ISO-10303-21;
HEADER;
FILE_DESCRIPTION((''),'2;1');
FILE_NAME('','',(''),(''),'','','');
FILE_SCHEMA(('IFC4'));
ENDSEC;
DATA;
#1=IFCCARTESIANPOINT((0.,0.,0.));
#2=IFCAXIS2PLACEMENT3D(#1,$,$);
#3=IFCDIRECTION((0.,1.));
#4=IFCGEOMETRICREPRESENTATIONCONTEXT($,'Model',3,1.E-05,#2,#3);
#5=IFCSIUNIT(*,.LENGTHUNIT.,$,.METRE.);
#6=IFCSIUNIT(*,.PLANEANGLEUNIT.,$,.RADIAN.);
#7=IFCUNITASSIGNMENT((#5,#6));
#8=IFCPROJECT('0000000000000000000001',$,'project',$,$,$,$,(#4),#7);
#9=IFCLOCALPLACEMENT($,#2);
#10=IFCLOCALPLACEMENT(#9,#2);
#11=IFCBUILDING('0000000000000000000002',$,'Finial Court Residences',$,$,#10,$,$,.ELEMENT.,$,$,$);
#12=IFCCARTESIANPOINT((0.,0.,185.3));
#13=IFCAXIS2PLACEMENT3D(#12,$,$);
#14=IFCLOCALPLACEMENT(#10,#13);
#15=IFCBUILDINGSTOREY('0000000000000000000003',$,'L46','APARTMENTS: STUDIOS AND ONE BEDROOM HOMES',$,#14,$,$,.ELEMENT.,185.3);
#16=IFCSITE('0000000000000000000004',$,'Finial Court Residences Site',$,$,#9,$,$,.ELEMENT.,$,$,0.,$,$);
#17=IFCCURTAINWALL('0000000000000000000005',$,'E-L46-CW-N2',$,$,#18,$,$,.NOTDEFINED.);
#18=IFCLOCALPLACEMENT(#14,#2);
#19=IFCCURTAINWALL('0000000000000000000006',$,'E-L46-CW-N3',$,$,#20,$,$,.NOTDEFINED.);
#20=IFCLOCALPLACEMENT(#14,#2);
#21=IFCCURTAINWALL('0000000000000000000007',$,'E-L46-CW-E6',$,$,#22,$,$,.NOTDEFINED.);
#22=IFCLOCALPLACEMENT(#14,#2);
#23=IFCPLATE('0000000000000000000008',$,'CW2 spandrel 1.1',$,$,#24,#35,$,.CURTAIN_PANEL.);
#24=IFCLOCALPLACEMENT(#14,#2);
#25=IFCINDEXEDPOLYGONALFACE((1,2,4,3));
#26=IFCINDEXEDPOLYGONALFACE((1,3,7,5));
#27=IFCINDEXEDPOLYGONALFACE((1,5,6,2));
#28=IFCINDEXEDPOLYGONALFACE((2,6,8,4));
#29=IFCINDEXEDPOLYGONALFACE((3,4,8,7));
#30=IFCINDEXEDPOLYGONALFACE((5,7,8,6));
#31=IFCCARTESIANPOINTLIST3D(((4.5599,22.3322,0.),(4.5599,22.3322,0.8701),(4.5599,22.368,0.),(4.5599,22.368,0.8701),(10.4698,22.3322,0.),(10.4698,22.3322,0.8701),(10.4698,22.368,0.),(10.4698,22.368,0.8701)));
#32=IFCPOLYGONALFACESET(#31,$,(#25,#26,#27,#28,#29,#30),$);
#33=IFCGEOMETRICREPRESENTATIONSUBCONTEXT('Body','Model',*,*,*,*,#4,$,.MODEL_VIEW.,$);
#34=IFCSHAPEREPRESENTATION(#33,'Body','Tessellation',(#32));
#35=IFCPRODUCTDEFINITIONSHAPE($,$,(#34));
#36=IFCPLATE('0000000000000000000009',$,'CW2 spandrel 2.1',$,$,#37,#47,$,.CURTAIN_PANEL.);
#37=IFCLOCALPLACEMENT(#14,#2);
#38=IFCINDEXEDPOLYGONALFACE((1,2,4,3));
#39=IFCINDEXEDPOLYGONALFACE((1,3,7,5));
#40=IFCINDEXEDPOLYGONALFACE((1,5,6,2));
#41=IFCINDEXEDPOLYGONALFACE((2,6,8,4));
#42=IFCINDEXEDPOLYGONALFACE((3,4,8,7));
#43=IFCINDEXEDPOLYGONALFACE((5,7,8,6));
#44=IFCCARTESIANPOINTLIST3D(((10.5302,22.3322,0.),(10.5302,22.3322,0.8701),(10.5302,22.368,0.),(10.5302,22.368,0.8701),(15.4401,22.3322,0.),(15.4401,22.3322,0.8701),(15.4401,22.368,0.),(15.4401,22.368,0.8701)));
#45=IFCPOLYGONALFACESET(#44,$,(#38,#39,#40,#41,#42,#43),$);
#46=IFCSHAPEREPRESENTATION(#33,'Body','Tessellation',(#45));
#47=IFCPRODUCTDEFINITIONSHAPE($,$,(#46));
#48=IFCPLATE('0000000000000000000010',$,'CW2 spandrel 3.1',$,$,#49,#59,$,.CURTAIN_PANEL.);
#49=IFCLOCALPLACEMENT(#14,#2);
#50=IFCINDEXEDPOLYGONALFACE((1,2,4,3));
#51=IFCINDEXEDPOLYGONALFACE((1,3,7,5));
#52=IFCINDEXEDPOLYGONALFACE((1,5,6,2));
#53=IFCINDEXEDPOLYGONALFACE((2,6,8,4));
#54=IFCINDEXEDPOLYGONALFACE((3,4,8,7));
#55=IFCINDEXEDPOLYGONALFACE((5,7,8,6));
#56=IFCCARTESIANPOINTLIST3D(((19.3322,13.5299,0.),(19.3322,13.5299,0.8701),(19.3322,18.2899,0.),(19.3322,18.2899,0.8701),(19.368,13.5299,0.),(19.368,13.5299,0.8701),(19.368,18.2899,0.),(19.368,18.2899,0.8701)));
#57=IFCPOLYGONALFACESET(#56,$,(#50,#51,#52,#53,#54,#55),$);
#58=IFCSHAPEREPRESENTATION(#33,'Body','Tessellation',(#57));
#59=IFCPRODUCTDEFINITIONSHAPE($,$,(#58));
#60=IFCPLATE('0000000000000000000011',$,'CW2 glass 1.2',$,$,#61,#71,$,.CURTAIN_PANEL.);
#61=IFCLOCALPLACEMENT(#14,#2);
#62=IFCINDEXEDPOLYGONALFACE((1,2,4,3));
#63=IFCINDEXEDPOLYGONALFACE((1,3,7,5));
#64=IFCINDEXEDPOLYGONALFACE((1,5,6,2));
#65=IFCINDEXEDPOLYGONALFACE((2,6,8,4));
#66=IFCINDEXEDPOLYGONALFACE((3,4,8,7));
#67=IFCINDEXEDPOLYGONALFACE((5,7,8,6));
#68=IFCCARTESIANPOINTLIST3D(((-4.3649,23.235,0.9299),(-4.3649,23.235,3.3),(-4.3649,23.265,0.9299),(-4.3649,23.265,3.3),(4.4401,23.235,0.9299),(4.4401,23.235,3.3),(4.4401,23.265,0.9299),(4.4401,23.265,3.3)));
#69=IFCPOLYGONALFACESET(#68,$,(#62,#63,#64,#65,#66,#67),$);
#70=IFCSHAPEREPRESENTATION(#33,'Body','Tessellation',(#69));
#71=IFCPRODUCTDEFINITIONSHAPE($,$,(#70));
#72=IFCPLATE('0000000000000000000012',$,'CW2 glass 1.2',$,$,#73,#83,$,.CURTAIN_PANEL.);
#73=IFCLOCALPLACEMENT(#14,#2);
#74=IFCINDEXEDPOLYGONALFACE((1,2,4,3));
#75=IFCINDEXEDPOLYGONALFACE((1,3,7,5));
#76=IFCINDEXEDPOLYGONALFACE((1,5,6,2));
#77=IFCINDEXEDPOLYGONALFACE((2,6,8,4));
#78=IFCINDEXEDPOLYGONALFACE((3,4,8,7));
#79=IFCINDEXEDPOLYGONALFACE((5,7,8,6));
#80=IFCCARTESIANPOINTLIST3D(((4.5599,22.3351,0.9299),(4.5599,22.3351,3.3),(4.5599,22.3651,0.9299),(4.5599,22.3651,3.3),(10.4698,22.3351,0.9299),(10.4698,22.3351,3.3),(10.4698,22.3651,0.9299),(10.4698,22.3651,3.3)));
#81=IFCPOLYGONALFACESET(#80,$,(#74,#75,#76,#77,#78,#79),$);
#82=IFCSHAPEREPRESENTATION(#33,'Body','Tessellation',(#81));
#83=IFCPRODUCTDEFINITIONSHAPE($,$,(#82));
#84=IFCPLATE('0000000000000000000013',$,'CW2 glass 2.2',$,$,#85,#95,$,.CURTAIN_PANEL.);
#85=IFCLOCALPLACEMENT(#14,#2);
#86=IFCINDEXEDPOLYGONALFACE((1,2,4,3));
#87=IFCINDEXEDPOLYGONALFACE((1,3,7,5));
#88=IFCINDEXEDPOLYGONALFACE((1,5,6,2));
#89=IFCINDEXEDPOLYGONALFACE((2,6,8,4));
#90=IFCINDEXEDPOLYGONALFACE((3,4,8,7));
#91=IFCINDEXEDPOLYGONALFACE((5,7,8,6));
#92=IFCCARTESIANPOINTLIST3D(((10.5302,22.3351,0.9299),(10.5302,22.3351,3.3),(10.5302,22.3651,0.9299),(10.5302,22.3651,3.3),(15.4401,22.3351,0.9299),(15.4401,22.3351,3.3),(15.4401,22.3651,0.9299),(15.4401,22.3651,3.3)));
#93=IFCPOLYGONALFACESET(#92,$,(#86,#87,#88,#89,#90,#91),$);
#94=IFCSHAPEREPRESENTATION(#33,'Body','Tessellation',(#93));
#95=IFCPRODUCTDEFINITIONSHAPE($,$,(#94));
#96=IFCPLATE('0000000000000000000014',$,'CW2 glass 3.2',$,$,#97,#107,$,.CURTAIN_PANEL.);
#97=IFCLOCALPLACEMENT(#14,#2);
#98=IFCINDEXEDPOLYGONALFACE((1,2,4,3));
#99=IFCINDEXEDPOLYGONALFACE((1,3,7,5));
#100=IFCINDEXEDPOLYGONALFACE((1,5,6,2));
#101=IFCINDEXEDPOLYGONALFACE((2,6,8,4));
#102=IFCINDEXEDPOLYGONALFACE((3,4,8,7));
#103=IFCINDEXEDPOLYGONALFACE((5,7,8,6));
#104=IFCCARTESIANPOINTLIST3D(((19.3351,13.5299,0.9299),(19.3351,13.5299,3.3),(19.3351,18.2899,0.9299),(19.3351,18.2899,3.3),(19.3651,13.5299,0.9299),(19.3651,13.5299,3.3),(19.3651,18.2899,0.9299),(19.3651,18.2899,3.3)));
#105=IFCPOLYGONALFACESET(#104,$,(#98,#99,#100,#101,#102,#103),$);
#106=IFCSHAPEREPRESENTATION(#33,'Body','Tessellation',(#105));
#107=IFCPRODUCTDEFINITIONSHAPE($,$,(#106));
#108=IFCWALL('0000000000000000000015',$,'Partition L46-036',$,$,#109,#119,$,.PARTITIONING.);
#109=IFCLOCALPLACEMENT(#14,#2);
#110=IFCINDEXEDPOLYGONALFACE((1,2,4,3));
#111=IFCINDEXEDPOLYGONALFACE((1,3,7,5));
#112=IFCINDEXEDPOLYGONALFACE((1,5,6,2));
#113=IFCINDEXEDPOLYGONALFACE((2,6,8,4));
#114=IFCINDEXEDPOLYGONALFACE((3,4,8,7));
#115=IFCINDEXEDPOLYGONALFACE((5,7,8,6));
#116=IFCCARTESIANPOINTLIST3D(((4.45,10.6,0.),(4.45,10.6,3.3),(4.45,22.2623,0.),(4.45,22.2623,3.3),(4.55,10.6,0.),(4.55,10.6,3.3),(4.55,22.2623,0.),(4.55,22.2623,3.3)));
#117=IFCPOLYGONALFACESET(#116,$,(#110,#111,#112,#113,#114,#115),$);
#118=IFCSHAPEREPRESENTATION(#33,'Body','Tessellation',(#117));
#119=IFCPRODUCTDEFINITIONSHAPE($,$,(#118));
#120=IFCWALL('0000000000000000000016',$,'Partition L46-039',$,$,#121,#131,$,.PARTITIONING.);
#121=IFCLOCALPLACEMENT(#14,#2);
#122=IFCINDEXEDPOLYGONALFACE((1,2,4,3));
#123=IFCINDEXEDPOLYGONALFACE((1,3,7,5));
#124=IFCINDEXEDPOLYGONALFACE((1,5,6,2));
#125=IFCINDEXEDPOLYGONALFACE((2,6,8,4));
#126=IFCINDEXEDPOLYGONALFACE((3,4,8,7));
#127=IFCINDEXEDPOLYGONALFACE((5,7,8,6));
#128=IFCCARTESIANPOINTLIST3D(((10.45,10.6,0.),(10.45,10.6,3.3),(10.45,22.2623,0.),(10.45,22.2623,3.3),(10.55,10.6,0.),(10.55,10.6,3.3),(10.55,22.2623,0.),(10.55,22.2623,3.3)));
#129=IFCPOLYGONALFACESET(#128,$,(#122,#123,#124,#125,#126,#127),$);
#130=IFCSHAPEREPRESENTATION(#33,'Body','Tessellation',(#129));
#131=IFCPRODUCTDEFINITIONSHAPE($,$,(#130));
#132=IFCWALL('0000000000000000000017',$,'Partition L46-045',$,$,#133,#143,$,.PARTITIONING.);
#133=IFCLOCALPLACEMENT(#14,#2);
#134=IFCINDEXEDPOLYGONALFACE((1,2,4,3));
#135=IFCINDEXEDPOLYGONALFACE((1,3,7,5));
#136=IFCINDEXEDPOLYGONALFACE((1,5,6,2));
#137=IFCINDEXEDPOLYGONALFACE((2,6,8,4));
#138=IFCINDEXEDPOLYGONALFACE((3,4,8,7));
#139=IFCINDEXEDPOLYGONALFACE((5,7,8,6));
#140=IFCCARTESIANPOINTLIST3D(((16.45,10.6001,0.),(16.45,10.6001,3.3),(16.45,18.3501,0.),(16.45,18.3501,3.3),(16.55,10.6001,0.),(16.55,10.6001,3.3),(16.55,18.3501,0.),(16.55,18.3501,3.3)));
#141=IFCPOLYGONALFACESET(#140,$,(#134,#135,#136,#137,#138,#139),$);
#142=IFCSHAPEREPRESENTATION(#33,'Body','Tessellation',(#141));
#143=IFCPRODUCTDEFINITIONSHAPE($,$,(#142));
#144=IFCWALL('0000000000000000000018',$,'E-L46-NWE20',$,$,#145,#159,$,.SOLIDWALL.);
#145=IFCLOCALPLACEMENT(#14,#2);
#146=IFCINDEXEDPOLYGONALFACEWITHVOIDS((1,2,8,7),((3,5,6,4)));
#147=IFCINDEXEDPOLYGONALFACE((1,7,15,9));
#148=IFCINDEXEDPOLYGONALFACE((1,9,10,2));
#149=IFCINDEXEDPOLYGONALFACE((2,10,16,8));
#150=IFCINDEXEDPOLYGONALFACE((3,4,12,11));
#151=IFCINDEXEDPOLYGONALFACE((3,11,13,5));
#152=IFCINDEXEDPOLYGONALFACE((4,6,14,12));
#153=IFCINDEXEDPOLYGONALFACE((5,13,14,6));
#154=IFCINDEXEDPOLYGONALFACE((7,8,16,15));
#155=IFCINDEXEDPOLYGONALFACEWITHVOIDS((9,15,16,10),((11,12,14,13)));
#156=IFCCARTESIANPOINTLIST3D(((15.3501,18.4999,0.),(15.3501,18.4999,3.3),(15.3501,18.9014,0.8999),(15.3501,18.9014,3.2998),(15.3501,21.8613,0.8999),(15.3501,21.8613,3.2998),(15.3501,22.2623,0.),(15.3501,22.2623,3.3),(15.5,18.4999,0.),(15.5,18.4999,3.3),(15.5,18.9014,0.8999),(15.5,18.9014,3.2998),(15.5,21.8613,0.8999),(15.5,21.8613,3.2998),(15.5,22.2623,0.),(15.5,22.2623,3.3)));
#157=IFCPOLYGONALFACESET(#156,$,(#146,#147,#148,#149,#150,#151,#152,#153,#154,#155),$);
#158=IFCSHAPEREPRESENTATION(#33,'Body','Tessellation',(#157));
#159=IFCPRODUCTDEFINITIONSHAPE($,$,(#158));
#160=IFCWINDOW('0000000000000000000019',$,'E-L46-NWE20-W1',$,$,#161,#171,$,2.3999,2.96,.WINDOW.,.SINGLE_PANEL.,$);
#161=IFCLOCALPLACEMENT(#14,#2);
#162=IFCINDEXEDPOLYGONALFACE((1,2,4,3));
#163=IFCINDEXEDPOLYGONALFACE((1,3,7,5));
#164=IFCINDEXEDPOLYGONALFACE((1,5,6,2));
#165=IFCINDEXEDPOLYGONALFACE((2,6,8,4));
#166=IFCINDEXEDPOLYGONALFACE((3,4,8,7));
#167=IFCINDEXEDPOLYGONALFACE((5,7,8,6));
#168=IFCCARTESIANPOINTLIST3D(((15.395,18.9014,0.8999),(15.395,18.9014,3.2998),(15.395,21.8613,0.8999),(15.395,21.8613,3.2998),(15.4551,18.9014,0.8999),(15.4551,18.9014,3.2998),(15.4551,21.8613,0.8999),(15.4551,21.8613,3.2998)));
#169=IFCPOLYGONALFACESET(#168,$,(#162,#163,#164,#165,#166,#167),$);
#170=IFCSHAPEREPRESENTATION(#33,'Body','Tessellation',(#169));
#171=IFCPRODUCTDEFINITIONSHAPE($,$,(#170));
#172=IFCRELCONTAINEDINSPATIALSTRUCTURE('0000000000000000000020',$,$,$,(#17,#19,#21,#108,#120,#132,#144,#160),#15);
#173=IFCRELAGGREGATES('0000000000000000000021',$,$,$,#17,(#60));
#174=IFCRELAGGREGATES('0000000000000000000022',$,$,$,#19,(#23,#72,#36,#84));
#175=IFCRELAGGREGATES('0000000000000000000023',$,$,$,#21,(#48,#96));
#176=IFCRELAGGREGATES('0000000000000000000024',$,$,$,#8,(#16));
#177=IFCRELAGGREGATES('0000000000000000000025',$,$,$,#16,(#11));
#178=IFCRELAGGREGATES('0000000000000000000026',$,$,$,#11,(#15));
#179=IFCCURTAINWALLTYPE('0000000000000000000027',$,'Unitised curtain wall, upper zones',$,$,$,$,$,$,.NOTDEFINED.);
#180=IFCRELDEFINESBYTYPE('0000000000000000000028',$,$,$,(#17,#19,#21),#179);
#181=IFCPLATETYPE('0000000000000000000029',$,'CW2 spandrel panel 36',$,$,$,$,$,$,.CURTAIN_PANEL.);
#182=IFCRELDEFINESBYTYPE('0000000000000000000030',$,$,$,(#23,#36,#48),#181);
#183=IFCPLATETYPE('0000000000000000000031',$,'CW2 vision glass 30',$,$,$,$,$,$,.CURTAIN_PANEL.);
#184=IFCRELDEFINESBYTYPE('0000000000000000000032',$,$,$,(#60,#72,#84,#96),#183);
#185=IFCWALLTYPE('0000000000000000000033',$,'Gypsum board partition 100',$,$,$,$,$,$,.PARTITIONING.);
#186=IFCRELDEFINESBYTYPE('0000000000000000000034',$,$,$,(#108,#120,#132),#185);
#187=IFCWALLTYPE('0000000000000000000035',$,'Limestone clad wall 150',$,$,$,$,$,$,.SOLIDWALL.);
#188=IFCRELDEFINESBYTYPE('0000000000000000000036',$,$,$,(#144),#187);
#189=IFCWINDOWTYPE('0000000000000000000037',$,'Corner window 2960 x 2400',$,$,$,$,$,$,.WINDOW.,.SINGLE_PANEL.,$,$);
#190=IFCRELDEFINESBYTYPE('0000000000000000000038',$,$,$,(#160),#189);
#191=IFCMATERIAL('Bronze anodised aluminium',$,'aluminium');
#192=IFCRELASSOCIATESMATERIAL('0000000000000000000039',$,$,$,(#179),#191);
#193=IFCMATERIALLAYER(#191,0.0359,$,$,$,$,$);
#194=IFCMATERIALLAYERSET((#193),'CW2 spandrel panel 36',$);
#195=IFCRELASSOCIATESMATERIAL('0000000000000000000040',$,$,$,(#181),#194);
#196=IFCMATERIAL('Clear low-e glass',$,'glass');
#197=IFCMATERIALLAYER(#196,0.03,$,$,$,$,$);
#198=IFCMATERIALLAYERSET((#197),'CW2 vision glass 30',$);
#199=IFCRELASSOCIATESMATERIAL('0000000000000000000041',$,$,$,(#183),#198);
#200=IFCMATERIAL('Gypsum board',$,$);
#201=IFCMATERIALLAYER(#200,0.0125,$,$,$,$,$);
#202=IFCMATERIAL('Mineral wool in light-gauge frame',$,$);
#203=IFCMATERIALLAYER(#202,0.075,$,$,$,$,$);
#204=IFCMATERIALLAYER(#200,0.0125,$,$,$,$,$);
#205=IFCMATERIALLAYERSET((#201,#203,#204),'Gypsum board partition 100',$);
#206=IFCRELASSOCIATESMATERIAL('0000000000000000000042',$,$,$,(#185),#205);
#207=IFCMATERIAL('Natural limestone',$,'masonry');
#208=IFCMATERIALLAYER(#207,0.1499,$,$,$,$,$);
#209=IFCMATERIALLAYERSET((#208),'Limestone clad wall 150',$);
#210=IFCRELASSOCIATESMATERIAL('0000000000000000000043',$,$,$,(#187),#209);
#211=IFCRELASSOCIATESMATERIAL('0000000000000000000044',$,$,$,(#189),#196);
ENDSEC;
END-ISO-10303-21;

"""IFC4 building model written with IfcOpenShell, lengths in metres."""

from ifc_helpers import new_model, si_unit, direction, frame, frame_2d, origin, origin_2d, place, context, subcontext, project, spatial, rectangle, extrude, material, layer, layer_set, type_object, element, fill, aggregate, save


model = new_model("IFC4")

# Units and contexts
model_context = context("Model", 3, precision=1e-05, world=origin(), true_north=direction((0.0, 1.0)))
body_context = subcontext(model_context, "Body", "Model", "MODEL_VIEW")
ifc_project = project(units=[si_unit("LENGTHUNIT", "METRE"), si_unit("PLANEANGLEUNIT", "RADIAN")], contexts=[model_context])

# Site, building, storey
site_placement = place(None, origin())
site = spatial("IfcSite", under=ifc_project, at=site_placement, Name="Finial Court Residences Site", CompositionType="ELEMENT", RefElevation=0.0)
building_placement = place(site_placement, origin())
building = spatial("IfcBuilding", under=site, at=building_placement, Name="Finial Court Residences", CompositionType="ELEMENT")
storey_placement = place(building_placement, frame((0.0, 0.0, 185.3)))
storey = spatial("IfcBuildingStorey", under=building, at=storey_placement, Name="L46", Description="APARTMENTS: STUDIOS AND ONE BEDROOM HOMES", CompositionType="ELEMENT", Elevation=185.3)

# Curtain wall
ifc_material_1 = material(Name="Bronze anodised aluminium", Category="aluminium")
curtain_wall_type = type_object("IfcCurtainWallType", Name="Unitised curtain wall, upper zones", PredefinedType="NOTDEFINED", material=ifc_material_1)
curtain_wall_1_placement = place(storey_placement, origin())
curtain_wall_1 = element("IfcCurtainWall", 1, at=curtain_wall_1_placement, inside=storey, type_object=curtain_wall_type, Name="E-L46-CW-N2", PredefinedType="NOTDEFINED")

# Curtain walls
curtain_wall_2_placement = place(storey_placement, origin())
curtain_wall_2 = element("IfcCurtainWall", 2, at=curtain_wall_2_placement, inside=storey, type_object=curtain_wall_type, Name="E-L46-CW-N3", PredefinedType="NOTDEFINED")
curtain_wall_3_placement = place(storey_placement, origin())
curtain_wall_3 = element("IfcCurtainWall", 3, at=curtain_wall_3_placement, inside=storey, type_object=curtain_wall_type, Name="E-L46-CW-E6", PredefinedType="NOTDEFINED")

# Plates
ifc_layer_1 = layer(ifc_material_1, 0.0359)
ifc_layer_set_1 = layer_set([ifc_layer_1], Name="CW2 spandrel panel 36")
plate_type_1 = type_object("IfcPlateType", Name="CW2 spandrel panel 36", PredefinedType="CURTAIN_PANEL", material=ifc_layer_set_1)
plate_1_placement = place(storey_placement, frame((7.5149, 22.3501, 0.0), z_axis=(0.0, 0.0, 1.0), x_axis=(1.0, 0.0, 0.0)))
plate_1 = element("IfcPlate", 4, at=plate_1_placement, type_object=plate_type_1, Name="CW2 spandrel 1.1", PredefinedType="CURTAIN_PANEL", context=body_context, shape_type="SweptSolid", body=[
    extrude(rectangle(XDim=5.9099, YDim=0.0359, at=origin_2d()), origin(), (0.0, 0.0, 1.0), 0.8701),
])
plate_2_placement = place(storey_placement, frame((12.9851, 22.3501, 0.0), z_axis=(0.0, 0.0, 1.0), x_axis=(1.0, 0.0, 0.0)))
plate_2 = element("IfcPlate", 5, at=plate_2_placement, type_object=plate_type_1, Name="CW2 spandrel 2.1", PredefinedType="CURTAIN_PANEL", context=body_context, shape_type="SweptSolid", body=[
    extrude(rectangle(XDim=4.9099, YDim=0.0359, at=origin_2d()), origin(), (0.0, 0.0, 1.0), 0.8701),
])
plate_3_placement = place(storey_placement, frame((19.3501, 15.9099, 0.0), z_axis=(0.0, 0.0, 1.0), x_axis=(0.0, 1.0, 0.0)))
plate_3 = element("IfcPlate", 6, at=plate_3_placement, type_object=plate_type_1, Name="CW2 spandrel 3.1", PredefinedType="CURTAIN_PANEL", context=body_context, shape_type="SweptSolid", body=[
    extrude(rectangle(XDim=4.76, YDim=0.0359, at=origin_2d()), origin(), (0.0, 0.0, 1.0), 0.8701),
])
ifc_material_2 = material(Name="Clear low-e glass", Category="glass")
ifc_layer_2 = layer(ifc_material_2, 0.03)
ifc_layer_set_2 = layer_set([ifc_layer_2], Name="CW2 vision glass 30")
plate_type_2 = type_object("IfcPlateType", Name="CW2 vision glass 30", PredefinedType="CURTAIN_PANEL", material=ifc_layer_set_2)
plate_4_placement = place(storey_placement, frame((0.0376, 23.25, 0.9299), z_axis=(0.0, 0.0, 1.0), x_axis=(1.0, 0.0, 0.0)))
plate_4 = element("IfcPlate", 7, at=plate_4_placement, type_object=plate_type_2, Name="CW2 glass 1.2", PredefinedType="CURTAIN_PANEL", context=body_context, shape_type="SweptSolid", body=[
    extrude(rectangle(XDim=8.8049, YDim=0.03, at=origin_2d()), origin(), (0.0, 0.0, 1.0), 2.3701),
])
aggregate(curtain_wall_1, [plate_4])
plate_5_placement = place(storey_placement, frame((7.5149, 22.3501, 0.9299), z_axis=(0.0, 0.0, 1.0), x_axis=(1.0, 0.0, 0.0)))
plate_5 = element("IfcPlate", 8, at=plate_5_placement, type_object=plate_type_2, Name="CW2 glass 1.2", PredefinedType="CURTAIN_PANEL", context=body_context, shape_type="SweptSolid", body=[
    extrude(rectangle(XDim=5.9099, YDim=0.03, at=origin_2d()), origin(), (0.0, 0.0, 1.0), 2.3701),
])
plate_6_placement = place(storey_placement, frame((12.9851, 22.3501, 0.9299), z_axis=(0.0, 0.0, 1.0), x_axis=(1.0, 0.0, 0.0)))
plate_6 = element("IfcPlate", 9, at=plate_6_placement, type_object=plate_type_2, Name="CW2 glass 2.2", PredefinedType="CURTAIN_PANEL", context=body_context, shape_type="SweptSolid", body=[
    extrude(rectangle(XDim=4.9099, YDim=0.03, at=origin_2d()), origin(), (0.0, 0.0, 1.0), 2.3701),
])
aggregate(curtain_wall_2, [plate_1, plate_5, plate_2, plate_6])
plate_7_placement = place(storey_placement, frame((19.3501, 15.9099, 0.9299), z_axis=(0.0, 0.0, 1.0), x_axis=(0.0, 1.0, 0.0)))
plate_7 = element("IfcPlate", 10, at=plate_7_placement, type_object=plate_type_2, Name="CW2 glass 3.2", PredefinedType="CURTAIN_PANEL", context=body_context, shape_type="SweptSolid", body=[
    extrude(rectangle(XDim=4.76, YDim=0.03, at=origin_2d()), origin(), (0.0, 0.0, 1.0), 2.3701),
])
aggregate(curtain_wall_3, [plate_3, plate_7])

# Walls
ifc_material_3 = material(Name="Gypsum board")
ifc_layer_3 = layer(ifc_material_3, 0.0125)
ifc_material_4 = material(Name="Mineral wool in light-gauge frame")
ifc_layer_4 = layer(ifc_material_4, 0.075)
ifc_layer_5 = layer(ifc_material_3, 0.0125)
ifc_layer_set_3 = layer_set([ifc_layer_3, ifc_layer_4, ifc_layer_5], Name="Gypsum board partition 100")
wall_type_1 = type_object("IfcWallType", Name="Gypsum board partition 100", PredefinedType="PARTITIONING", material=ifc_layer_set_3)
for number, where, z_axis, x_axis, name in (
    (11, (4.5, 10.6001, 0.0), (0.0, 0.0, 1.0), (0.0, 1.0, 0.0), "Partition L46-036"),
    (12, (10.5, 10.6001, 0.0), (0.0, 0.0, 1.0), (0.0, 1.0, 0.0), "Partition L46-039"),
):
    element("IfcWall", number, at=place(storey_placement, frame(where, z_axis=z_axis, x_axis=x_axis)), inside=storey, type_object=wall_type_1, Name=name, PredefinedType="PARTITIONING", context=body_context, shape_type="SweptSolid", body=[
        extrude(rectangle(XDim=11.6624, YDim=0.1001, at=frame_2d((5.8311, 0.0))), origin(), (0.0, 0.0, 1.0), 3.3),
    ])
wall_1_placement = place(storey_placement, frame((16.5, 10.6001, 0.0), z_axis=(0.0, 0.0, 1.0), x_axis=(0.0, 1.0, 0.0)))
element("IfcWall", 13, at=wall_1_placement, inside=storey, type_object=wall_type_1, Name="Partition L46-045", PredefinedType="PARTITIONING", context=body_context, shape_type="SweptSolid", body=[
    extrude(rectangle(XDim=7.75, YDim=0.1001, at=frame_2d((3.875, 0.0))), origin(), (0.0, 0.0, 1.0), 3.3),
])

# Wall, opening, window
ifc_material_5 = material(Name="Natural limestone", Category="masonry")
ifc_layer_6 = layer(ifc_material_5, 0.1499)
ifc_layer_set_4 = layer_set([ifc_layer_6], Name="Limestone clad wall 150")
wall_type_2 = type_object("IfcWallType", Name="Limestone clad wall 150", PredefinedType="SOLIDWALL", material=ifc_layer_set_4)
wall_2_placement = place(storey_placement, frame((15.425, 22.2625, 0.0), z_axis=(0.0, 0.0, 1.0), x_axis=(0.0, -1.0, 0.0)))
wall_2 = element("IfcWall", 14, at=wall_2_placement, inside=storey, type_object=wall_type_2, Name="E-L46-NWE20", PredefinedType="SOLIDWALL", context=body_context, shape_type="SweptSolid", body=[
    extrude(rectangle(XDim=3.7625, YDim=0.1499, at=frame_2d((1.8813, 0.0))), origin(), (0.0, 0.0, 1.0), 3.3),
])
opening_1_placement = place(wall_2_placement, frame((0.4011, 0.0, 0.8999)))
opening_1 = element("IfcOpeningElement", 15, at=opening_1_placement, cuts=wall_2, PredefinedType="OPENING", context=body_context, shape_type="SweptSolid", body=[
    extrude(rectangle(XDim=2.96, YDim=2.3999, at=frame_2d((1.48, 1.2))), frame((0.0, 0.085, 0.0), z_axis=(0.0, -1.0, 0.0), x_axis=(1.0, 0.0, 0.0)), (0.0, 0.0, 1.0), 0.1699),
])
window_type_1 = type_object("IfcWindowType", Name="Corner window 2960 x 2400", PartitioningType="SINGLE_PANEL", PredefinedType="WINDOW", material=ifc_material_2)
window_1_placement = place(opening_1_placement, origin())
window_1 = element("IfcWindow", 16, at=window_1_placement, inside=storey, type_object=window_type_1, Name="E-L46-NWE20-W1", OverallHeight=2.3999, OverallWidth=2.96, PartitioningType="SINGLE_PANEL", PredefinedType="WINDOW", context=body_context, shape_type="SweptSolid", body=[
    extrude(rectangle(XDim=2.96, YDim=2.3999, at=frame_2d((1.48, 1.2))), frame((0.0, 0.03, 0.0), z_axis=(0.0, -1.0, 0.0), x_axis=(1.0, 0.0, 0.0)), (0.0, 0.0, 1.0), 0.0601),
])
fill(opening_1, window_1)

save(model, "model.ifc")
